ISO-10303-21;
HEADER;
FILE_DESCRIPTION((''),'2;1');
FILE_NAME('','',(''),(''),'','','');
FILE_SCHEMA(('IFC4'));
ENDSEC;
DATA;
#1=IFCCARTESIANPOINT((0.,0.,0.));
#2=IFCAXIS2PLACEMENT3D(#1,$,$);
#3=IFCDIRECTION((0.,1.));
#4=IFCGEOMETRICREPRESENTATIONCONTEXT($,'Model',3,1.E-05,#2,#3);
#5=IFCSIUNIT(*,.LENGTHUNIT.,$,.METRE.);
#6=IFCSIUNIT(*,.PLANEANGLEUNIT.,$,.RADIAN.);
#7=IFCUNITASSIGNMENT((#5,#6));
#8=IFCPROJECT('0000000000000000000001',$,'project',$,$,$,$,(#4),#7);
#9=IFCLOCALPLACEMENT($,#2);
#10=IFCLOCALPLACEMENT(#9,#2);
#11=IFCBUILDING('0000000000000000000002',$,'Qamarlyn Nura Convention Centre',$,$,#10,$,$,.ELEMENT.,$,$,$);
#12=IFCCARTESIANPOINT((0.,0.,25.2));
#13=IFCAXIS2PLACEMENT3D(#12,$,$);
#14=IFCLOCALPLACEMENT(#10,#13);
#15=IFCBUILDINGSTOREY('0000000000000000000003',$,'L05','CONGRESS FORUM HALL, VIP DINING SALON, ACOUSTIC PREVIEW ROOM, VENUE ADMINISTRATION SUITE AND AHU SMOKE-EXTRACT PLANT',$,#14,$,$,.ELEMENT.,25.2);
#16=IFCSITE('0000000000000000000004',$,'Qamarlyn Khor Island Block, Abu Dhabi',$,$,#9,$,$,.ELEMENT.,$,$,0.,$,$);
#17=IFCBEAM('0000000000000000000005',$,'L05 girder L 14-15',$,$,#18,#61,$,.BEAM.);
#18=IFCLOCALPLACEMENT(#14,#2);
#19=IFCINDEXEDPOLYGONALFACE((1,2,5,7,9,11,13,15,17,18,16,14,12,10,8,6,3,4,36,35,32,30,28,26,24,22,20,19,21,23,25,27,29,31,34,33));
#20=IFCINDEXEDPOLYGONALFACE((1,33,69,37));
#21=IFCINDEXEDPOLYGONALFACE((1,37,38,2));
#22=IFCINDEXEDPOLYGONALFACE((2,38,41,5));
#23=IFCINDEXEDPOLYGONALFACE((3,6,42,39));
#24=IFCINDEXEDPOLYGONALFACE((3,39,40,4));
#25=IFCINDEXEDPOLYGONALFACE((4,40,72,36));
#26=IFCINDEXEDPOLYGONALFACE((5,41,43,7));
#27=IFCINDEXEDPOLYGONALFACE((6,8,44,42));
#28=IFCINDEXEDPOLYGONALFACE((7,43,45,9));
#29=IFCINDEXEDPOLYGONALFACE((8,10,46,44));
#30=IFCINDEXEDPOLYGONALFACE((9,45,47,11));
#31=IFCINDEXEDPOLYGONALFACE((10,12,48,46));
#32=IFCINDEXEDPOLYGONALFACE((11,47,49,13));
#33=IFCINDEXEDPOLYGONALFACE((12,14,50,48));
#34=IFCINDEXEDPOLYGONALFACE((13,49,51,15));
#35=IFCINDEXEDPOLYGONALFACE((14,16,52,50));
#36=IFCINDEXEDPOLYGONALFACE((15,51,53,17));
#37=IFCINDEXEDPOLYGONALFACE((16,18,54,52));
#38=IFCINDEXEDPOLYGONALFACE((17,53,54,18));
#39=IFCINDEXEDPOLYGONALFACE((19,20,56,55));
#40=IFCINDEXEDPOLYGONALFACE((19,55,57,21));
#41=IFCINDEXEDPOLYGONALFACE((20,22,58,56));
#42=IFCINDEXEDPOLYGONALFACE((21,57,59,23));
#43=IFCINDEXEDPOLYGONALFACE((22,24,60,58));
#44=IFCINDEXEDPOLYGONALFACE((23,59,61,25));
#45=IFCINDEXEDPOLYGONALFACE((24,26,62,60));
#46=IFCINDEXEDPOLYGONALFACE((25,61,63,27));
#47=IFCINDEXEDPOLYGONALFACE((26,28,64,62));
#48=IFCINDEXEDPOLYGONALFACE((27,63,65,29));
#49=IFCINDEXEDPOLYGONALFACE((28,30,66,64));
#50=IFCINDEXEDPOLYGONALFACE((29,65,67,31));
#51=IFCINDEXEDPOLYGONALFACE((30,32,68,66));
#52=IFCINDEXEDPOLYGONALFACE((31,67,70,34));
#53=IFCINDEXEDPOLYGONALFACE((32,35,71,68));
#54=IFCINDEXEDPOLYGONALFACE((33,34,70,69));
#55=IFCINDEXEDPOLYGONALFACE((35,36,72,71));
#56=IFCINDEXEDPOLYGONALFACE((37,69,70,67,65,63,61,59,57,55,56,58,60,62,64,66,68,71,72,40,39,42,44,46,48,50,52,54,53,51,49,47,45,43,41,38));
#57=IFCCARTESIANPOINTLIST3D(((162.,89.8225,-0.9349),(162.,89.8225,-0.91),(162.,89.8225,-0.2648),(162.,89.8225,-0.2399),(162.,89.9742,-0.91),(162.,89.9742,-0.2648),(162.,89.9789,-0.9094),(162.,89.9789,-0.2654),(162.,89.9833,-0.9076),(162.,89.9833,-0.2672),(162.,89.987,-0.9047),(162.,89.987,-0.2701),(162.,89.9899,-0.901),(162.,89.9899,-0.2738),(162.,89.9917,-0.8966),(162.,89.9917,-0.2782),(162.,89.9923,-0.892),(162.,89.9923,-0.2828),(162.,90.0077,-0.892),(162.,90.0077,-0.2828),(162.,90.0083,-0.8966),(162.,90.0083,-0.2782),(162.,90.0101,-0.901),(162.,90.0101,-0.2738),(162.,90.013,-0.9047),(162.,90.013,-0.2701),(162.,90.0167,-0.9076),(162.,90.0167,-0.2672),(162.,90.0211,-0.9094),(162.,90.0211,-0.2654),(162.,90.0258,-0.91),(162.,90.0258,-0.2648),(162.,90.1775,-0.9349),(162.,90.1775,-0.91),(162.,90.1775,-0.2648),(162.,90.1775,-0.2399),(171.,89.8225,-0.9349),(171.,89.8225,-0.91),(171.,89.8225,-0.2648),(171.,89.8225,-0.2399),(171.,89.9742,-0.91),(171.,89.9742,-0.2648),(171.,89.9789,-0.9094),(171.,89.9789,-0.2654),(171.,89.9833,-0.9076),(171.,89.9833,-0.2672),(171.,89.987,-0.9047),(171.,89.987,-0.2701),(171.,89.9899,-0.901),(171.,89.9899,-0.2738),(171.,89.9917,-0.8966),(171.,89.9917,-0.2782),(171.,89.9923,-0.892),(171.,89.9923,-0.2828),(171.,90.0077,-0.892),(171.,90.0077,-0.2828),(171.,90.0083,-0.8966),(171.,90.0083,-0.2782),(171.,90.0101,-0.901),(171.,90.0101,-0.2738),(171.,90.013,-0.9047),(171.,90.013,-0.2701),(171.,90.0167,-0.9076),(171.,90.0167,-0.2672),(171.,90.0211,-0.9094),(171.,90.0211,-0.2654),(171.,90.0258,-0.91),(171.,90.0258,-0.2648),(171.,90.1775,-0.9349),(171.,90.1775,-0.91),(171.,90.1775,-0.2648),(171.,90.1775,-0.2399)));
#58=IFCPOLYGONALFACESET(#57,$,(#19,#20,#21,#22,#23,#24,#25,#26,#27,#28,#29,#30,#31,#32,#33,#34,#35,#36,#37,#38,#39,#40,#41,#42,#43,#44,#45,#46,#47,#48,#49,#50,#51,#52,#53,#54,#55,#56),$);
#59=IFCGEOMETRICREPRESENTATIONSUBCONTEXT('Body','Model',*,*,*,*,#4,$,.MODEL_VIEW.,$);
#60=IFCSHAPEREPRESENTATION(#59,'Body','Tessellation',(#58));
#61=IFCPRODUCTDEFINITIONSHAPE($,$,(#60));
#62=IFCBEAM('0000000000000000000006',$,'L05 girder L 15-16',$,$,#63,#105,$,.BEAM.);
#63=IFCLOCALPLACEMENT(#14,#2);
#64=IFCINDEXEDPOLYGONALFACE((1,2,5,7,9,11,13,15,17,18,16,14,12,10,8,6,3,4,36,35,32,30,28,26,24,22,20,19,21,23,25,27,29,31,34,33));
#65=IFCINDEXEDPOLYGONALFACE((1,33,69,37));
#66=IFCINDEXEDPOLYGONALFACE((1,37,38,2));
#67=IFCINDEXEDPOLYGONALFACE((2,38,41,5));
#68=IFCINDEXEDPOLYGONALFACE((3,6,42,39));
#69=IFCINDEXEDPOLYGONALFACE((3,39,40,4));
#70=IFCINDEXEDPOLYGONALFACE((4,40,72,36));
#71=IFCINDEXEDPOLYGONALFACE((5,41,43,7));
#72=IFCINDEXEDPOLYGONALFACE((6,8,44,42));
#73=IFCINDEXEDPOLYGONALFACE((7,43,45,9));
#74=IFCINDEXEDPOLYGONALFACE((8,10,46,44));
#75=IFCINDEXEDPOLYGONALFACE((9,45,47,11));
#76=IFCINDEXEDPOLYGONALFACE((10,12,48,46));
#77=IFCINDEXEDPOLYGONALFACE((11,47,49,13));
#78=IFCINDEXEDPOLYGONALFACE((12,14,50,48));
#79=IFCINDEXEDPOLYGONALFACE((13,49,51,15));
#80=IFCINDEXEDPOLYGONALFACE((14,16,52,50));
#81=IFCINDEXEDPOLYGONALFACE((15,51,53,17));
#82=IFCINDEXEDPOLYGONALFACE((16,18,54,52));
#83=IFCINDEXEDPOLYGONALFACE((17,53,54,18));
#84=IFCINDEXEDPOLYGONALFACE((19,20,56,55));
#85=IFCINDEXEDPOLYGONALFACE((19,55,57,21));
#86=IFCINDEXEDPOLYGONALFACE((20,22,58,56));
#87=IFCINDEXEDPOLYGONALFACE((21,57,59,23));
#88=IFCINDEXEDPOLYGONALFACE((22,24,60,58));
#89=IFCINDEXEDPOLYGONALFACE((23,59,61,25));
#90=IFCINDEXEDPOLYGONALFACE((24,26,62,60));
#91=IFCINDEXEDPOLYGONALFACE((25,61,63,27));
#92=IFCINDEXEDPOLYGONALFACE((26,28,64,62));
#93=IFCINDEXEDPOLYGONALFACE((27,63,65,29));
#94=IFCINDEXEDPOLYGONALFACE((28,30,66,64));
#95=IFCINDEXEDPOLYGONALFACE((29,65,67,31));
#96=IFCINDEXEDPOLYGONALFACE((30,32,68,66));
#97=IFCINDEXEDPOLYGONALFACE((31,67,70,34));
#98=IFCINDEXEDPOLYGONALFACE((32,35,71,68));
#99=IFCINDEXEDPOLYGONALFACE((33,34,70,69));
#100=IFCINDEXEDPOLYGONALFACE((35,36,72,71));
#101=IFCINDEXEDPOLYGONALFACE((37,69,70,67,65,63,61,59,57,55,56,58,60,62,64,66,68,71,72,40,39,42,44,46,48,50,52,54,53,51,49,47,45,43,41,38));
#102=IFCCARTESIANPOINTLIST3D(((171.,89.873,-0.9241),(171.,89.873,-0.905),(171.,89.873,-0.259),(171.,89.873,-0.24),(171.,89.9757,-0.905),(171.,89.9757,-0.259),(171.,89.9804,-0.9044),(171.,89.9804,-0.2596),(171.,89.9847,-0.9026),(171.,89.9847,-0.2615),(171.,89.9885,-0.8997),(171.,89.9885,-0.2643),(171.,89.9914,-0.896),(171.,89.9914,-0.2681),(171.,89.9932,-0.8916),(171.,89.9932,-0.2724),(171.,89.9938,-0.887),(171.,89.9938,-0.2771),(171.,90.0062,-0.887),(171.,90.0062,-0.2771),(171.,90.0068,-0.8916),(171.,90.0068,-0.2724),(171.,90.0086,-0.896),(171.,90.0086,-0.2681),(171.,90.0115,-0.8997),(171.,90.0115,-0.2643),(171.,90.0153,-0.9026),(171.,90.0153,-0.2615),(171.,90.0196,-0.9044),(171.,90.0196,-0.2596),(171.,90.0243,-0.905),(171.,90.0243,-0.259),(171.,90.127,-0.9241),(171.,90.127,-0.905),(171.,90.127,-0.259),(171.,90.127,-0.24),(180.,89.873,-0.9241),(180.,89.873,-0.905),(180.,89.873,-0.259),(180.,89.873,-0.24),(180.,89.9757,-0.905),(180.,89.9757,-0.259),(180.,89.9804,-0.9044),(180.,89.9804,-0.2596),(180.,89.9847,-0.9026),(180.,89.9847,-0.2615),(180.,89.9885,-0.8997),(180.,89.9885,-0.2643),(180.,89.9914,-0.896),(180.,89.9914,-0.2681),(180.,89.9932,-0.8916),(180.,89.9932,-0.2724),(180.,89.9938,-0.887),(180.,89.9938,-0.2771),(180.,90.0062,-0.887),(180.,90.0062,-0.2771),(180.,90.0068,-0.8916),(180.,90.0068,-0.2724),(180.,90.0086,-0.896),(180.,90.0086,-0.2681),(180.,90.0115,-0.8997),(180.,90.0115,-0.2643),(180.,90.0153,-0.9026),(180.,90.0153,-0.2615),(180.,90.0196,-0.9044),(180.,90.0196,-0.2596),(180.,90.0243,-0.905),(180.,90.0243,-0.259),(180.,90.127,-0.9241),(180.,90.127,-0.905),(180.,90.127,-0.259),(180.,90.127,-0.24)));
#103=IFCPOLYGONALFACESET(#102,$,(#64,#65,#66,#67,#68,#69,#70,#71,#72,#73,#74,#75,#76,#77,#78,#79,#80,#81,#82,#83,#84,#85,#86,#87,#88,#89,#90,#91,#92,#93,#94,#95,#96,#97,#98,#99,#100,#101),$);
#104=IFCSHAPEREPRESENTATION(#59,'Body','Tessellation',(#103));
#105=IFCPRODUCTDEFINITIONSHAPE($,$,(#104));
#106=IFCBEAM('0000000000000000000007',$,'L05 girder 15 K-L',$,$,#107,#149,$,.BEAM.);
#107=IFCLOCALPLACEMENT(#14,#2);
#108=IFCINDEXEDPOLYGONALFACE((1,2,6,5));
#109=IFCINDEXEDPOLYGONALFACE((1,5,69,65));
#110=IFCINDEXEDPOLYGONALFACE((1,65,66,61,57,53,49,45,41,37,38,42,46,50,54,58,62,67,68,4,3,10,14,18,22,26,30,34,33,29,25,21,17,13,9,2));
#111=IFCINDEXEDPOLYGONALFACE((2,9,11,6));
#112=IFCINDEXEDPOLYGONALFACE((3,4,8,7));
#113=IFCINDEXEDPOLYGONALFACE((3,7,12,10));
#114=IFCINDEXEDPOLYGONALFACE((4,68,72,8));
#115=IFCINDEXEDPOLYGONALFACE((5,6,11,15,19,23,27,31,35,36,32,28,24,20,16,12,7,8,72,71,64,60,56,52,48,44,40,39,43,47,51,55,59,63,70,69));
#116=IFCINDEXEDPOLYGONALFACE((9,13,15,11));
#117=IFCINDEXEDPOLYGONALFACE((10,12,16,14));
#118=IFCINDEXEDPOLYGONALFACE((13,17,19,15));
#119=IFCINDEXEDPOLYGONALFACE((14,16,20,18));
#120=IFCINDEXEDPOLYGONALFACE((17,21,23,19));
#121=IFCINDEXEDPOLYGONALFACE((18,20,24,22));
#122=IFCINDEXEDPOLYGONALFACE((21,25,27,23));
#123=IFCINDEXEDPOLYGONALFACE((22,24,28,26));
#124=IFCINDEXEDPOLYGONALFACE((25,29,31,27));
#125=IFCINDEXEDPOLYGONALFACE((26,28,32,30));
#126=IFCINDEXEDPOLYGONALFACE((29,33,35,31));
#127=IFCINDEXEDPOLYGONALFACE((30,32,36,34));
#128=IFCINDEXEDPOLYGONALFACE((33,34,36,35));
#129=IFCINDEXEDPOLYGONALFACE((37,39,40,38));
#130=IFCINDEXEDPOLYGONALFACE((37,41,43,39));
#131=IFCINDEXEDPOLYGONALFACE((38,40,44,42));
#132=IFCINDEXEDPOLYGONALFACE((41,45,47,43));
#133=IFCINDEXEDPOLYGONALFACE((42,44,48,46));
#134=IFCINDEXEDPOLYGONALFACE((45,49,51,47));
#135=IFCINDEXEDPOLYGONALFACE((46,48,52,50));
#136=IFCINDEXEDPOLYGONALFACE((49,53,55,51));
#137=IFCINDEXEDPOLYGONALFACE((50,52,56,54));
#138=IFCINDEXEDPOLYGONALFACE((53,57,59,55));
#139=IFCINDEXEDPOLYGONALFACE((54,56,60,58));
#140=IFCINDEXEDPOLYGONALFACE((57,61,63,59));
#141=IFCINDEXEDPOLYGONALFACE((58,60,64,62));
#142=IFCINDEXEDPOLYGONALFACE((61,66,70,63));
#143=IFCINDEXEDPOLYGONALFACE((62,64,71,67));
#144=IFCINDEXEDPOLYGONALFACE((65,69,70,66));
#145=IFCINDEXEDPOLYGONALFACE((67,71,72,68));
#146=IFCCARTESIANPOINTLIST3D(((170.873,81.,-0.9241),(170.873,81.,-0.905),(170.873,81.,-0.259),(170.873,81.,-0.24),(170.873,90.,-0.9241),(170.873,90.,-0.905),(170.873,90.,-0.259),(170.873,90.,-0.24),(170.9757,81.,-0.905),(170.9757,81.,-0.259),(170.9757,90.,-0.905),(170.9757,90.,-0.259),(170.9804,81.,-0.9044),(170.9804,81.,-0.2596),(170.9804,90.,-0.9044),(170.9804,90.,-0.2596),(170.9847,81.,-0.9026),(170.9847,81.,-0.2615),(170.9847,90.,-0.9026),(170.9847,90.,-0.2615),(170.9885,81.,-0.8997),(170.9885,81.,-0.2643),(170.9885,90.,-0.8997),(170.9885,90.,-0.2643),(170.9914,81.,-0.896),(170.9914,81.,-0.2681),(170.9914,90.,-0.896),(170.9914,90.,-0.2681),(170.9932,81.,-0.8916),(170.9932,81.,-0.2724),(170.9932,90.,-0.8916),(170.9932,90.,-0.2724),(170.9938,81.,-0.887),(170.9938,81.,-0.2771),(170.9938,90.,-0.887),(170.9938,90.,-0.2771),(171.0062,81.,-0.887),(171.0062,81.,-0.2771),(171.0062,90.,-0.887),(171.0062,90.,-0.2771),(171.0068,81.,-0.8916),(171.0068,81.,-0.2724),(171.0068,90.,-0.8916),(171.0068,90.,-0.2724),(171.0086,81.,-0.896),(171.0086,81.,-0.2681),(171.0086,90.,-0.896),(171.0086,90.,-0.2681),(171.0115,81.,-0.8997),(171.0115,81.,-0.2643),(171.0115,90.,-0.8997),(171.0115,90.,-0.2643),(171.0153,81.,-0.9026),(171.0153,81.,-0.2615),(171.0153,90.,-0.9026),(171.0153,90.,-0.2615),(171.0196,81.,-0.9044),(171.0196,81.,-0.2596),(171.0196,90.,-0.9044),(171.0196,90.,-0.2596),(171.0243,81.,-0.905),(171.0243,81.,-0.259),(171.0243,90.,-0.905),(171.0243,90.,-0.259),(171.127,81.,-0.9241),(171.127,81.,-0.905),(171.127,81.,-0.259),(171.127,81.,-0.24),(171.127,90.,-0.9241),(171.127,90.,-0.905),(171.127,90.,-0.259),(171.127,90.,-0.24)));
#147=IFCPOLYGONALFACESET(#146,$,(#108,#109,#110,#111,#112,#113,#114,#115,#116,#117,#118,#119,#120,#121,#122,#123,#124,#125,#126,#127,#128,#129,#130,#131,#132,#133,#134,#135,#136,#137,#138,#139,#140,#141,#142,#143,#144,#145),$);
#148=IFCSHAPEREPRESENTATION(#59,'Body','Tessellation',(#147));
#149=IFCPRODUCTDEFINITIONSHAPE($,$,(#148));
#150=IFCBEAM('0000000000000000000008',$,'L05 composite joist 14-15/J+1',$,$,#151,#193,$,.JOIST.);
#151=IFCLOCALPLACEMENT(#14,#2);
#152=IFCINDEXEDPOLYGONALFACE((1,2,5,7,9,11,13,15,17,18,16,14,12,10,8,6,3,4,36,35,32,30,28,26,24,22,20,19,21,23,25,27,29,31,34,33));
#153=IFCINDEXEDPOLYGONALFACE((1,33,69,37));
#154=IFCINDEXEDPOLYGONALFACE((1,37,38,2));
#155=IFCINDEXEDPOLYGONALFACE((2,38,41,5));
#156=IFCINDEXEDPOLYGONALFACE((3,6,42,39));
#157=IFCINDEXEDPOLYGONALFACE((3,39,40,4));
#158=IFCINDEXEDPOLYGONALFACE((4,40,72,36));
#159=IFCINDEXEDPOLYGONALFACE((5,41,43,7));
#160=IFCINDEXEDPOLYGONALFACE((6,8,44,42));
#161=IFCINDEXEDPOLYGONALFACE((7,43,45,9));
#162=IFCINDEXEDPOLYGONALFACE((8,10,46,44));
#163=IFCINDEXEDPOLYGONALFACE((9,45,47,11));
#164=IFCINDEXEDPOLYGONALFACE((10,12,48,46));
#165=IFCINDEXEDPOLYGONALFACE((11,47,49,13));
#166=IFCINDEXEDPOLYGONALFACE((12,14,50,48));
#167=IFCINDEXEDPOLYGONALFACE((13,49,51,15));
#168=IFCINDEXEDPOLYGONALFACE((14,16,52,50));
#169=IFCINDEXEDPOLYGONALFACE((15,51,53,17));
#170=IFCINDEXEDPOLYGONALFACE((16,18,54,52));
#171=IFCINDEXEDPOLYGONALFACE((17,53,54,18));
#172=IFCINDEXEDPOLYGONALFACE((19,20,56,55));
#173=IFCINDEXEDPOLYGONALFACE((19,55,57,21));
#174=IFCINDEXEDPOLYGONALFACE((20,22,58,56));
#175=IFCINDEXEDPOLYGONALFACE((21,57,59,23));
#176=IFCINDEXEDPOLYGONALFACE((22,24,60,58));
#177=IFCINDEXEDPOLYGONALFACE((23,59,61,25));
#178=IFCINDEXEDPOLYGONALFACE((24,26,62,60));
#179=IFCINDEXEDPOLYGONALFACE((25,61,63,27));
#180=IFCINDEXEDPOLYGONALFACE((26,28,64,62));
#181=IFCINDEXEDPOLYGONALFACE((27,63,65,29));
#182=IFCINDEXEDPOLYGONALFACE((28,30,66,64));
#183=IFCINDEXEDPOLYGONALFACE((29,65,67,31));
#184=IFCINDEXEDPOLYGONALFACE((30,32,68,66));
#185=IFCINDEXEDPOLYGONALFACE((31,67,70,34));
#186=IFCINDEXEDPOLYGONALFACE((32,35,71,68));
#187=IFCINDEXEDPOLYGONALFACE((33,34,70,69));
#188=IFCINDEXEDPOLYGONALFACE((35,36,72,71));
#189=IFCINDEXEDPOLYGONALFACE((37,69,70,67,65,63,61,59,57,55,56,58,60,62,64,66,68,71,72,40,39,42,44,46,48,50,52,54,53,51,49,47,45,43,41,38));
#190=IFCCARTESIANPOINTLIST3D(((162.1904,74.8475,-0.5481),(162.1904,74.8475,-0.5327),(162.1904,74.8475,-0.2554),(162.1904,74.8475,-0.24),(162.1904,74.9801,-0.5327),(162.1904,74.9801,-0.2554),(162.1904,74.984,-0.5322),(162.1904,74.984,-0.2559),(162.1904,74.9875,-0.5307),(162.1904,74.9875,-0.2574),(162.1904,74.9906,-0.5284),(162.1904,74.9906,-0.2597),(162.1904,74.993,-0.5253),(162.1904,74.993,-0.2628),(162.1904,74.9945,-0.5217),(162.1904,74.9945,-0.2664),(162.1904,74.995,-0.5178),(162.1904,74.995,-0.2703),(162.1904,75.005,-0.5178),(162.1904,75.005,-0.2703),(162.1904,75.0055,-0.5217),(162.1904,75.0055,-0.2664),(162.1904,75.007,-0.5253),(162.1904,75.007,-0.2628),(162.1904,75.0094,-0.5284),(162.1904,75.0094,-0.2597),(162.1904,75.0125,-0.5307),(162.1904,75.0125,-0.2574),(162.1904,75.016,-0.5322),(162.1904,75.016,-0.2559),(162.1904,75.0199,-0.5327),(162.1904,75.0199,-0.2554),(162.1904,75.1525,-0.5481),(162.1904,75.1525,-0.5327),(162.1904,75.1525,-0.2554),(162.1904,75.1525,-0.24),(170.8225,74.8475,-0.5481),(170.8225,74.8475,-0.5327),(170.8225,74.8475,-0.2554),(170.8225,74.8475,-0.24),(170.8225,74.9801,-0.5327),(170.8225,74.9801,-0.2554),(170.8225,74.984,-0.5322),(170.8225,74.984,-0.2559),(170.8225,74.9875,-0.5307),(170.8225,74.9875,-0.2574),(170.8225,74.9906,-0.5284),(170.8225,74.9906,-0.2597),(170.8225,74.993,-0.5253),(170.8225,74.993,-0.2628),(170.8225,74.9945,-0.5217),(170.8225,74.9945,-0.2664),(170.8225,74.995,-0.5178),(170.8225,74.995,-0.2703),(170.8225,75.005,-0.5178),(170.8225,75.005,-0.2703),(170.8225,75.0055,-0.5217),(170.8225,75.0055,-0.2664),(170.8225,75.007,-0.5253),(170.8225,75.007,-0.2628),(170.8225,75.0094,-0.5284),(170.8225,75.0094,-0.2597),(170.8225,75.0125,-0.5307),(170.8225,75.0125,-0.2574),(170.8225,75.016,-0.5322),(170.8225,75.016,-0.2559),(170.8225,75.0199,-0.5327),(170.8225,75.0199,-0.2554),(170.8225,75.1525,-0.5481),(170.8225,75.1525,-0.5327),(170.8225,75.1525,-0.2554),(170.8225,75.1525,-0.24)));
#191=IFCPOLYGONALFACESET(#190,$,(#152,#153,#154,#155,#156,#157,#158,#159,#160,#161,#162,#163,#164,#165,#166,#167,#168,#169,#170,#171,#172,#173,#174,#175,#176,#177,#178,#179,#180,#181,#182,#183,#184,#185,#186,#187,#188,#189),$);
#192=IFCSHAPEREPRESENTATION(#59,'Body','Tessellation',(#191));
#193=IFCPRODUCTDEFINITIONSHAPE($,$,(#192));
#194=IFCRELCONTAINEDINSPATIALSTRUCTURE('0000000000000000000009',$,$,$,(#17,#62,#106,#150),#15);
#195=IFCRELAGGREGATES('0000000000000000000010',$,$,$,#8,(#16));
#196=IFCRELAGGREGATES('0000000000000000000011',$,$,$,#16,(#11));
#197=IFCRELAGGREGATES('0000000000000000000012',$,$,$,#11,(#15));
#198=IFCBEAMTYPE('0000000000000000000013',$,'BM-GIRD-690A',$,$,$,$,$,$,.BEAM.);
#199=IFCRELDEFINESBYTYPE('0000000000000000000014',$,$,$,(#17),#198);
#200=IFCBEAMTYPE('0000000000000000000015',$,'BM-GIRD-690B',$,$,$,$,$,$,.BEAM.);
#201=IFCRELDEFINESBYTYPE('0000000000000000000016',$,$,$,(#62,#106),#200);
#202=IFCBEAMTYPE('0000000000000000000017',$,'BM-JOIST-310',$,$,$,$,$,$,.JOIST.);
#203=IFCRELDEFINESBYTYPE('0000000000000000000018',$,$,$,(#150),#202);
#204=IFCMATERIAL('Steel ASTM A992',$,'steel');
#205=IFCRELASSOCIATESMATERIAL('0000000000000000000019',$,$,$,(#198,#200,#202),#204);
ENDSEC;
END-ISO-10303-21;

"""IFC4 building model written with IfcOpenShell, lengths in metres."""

from ifc_helpers import new_model, si_unit, direction, frame, origin, origin_2d, place, context, subcontext, project, spatial, i_section, extrude, material, material_profile, profile_set, type_object, element, save


model = new_model("IFC4")

# Units and contexts
model_context = context("Model", 3, precision=1e-05, world=origin(), true_north=direction((0.0, 1.0)))
body_context = subcontext(model_context, "Body", "Model", "MODEL_VIEW")
ifc_project = project(units=[si_unit("LENGTHUNIT", "METRE"), si_unit("PLANEANGLEUNIT", "RADIAN")], contexts=[model_context])

# Site, building, storey
site_placement = place(None, origin())
site = spatial("IfcSite", under=ifc_project, at=site_placement, Name="Qamarlyn Khor Island Block, Abu Dhabi", CompositionType="ELEMENT", RefElevation=0.0)
building_placement = place(site_placement, origin())
building = spatial("IfcBuilding", under=site, at=building_placement, Name="Qamarlyn Nura Convention Centre", CompositionType="ELEMENT")
storey_placement = place(building_placement, frame((0.0, 0.0, 25.2)))
storey = spatial("IfcBuildingStorey", under=building, at=storey_placement, Name="L05", Description="CONGRESS FORUM HALL, VIP DINING SALON, ACOUSTIC PREVIEW ROOM, VENUE ADMINISTRATION SUITE AND AHU SMOKE-EXTRACT PLANT", CompositionType="ELEMENT", Elevation=25.2)

# Shared definitions
ifc_material_1 = material(Name="Steel ASTM A992", Category="steel")

# Beams
ifc_material_profile_1 = material_profile(ifc_material_1, i_section(OverallWidth=0.355, OverallDepth=0.6951, WebThickness=0.0154, FlangeThickness=0.0249, FilletRadius=0.0181, at=origin_2d()), Name="W690X217")
ifc_profile_set_1 = profile_set([ifc_material_profile_1], Name="Steel ASTM A992")
beam_type_1 = type_object("IfcBeamType", Name="BM-GIRD-690A", PredefinedType="BEAM", material=ifc_profile_set_1)
for number, where, z_axis, x_axis, name in (
    (1, (162.0, 90.0, -0.5874), (1.0, 0.0, 0.0), (0.0, 1.0, 0.0), "L05 girder L 14-15"),
):
    element("IfcBeam", number, at=place(storey_placement, frame(where, z_axis=z_axis, x_axis=x_axis)), inside=storey, type_object=beam_type_1, Name=name, PredefinedType="BEAM", context=body_context, shape_type="SweptSolid", body=[
        extrude(i_section(OverallWidth=0.355, OverallDepth=0.6951, WebThickness=0.0154, FlangeThickness=0.0249, FilletRadius=0.0181, at=origin_2d()), origin(), (0.0, 0.0, 1.0), 9.0),
    ])
ifc_material_profile_2 = material_profile(ifc_material_1, i_section(OverallWidth=0.2539, OverallDepth=0.6841, WebThickness=0.0125, FlangeThickness=0.019, FilletRadius=0.0181, at=origin_2d()), Name="W690X140")
ifc_profile_set_2 = profile_set([ifc_material_profile_2], Name="Steel ASTM A992")
beam_type_2 = type_object("IfcBeamType", Name="BM-GIRD-690B", PredefinedType="BEAM", material=ifc_profile_set_2)
for number, where, z_axis, x_axis, name in (
    (2, (171.0, 90.0, -0.582), (1.0, 0.0, 0.0), (0.0, 1.0, 0.0), "L05 girder L 15-16"),
    (3, (171.0, 81.0, -0.582), (0.0, 1.0, 0.0), (-1.0, 0.0, 0.0), "L05 girder 15 K-L"),
):
    element("IfcBeam", number, at=place(storey_placement, frame(where, z_axis=z_axis, x_axis=x_axis)), inside=storey, type_object=beam_type_2, Name=name, PredefinedType="BEAM", context=body_context, shape_type="SweptSolid", body=[
        extrude(i_section(OverallWidth=0.2539, OverallDepth=0.6841, WebThickness=0.0125, FlangeThickness=0.019, FilletRadius=0.0181, at=origin_2d()), origin(), (0.0, 0.0, 1.0), 9.0),
    ])
ifc_material_profile_3 = material_profile(ifc_material_1, i_section(OverallWidth=0.3049, OverallDepth=0.3081, WebThickness=0.01, FlangeThickness=0.0154, FilletRadius=0.0149, at=origin_2d()), Name="W310X97")
ifc_profile_set_3 = profile_set([ifc_material_profile_3], Name="Steel ASTM A992")
beam_type_3 = type_object("IfcBeamType", Name="BM-JOIST-310", PredefinedType="JOIST", material=ifc_profile_set_3)
beam_1_placement = place(storey_placement, frame((162.1904, 75.0, -0.394), z_axis=(1.0, 0.0, 0.0), x_axis=(0.0, 1.0, 0.0)))
element("IfcBeam", 4, at=beam_1_placement, inside=storey, type_object=beam_type_3, Name="L05 composite joist 14-15/J+1", PredefinedType="JOIST", context=body_context, shape_type="SweptSolid", body=[
    extrude(i_section(OverallWidth=0.3049, OverallDepth=0.3081, WebThickness=0.01, FlangeThickness=0.0154, FilletRadius=0.0149, at=origin_2d()), origin(), (0.0, 0.0, 1.0), 8.6321),
])

save(model, "model.ifc")
